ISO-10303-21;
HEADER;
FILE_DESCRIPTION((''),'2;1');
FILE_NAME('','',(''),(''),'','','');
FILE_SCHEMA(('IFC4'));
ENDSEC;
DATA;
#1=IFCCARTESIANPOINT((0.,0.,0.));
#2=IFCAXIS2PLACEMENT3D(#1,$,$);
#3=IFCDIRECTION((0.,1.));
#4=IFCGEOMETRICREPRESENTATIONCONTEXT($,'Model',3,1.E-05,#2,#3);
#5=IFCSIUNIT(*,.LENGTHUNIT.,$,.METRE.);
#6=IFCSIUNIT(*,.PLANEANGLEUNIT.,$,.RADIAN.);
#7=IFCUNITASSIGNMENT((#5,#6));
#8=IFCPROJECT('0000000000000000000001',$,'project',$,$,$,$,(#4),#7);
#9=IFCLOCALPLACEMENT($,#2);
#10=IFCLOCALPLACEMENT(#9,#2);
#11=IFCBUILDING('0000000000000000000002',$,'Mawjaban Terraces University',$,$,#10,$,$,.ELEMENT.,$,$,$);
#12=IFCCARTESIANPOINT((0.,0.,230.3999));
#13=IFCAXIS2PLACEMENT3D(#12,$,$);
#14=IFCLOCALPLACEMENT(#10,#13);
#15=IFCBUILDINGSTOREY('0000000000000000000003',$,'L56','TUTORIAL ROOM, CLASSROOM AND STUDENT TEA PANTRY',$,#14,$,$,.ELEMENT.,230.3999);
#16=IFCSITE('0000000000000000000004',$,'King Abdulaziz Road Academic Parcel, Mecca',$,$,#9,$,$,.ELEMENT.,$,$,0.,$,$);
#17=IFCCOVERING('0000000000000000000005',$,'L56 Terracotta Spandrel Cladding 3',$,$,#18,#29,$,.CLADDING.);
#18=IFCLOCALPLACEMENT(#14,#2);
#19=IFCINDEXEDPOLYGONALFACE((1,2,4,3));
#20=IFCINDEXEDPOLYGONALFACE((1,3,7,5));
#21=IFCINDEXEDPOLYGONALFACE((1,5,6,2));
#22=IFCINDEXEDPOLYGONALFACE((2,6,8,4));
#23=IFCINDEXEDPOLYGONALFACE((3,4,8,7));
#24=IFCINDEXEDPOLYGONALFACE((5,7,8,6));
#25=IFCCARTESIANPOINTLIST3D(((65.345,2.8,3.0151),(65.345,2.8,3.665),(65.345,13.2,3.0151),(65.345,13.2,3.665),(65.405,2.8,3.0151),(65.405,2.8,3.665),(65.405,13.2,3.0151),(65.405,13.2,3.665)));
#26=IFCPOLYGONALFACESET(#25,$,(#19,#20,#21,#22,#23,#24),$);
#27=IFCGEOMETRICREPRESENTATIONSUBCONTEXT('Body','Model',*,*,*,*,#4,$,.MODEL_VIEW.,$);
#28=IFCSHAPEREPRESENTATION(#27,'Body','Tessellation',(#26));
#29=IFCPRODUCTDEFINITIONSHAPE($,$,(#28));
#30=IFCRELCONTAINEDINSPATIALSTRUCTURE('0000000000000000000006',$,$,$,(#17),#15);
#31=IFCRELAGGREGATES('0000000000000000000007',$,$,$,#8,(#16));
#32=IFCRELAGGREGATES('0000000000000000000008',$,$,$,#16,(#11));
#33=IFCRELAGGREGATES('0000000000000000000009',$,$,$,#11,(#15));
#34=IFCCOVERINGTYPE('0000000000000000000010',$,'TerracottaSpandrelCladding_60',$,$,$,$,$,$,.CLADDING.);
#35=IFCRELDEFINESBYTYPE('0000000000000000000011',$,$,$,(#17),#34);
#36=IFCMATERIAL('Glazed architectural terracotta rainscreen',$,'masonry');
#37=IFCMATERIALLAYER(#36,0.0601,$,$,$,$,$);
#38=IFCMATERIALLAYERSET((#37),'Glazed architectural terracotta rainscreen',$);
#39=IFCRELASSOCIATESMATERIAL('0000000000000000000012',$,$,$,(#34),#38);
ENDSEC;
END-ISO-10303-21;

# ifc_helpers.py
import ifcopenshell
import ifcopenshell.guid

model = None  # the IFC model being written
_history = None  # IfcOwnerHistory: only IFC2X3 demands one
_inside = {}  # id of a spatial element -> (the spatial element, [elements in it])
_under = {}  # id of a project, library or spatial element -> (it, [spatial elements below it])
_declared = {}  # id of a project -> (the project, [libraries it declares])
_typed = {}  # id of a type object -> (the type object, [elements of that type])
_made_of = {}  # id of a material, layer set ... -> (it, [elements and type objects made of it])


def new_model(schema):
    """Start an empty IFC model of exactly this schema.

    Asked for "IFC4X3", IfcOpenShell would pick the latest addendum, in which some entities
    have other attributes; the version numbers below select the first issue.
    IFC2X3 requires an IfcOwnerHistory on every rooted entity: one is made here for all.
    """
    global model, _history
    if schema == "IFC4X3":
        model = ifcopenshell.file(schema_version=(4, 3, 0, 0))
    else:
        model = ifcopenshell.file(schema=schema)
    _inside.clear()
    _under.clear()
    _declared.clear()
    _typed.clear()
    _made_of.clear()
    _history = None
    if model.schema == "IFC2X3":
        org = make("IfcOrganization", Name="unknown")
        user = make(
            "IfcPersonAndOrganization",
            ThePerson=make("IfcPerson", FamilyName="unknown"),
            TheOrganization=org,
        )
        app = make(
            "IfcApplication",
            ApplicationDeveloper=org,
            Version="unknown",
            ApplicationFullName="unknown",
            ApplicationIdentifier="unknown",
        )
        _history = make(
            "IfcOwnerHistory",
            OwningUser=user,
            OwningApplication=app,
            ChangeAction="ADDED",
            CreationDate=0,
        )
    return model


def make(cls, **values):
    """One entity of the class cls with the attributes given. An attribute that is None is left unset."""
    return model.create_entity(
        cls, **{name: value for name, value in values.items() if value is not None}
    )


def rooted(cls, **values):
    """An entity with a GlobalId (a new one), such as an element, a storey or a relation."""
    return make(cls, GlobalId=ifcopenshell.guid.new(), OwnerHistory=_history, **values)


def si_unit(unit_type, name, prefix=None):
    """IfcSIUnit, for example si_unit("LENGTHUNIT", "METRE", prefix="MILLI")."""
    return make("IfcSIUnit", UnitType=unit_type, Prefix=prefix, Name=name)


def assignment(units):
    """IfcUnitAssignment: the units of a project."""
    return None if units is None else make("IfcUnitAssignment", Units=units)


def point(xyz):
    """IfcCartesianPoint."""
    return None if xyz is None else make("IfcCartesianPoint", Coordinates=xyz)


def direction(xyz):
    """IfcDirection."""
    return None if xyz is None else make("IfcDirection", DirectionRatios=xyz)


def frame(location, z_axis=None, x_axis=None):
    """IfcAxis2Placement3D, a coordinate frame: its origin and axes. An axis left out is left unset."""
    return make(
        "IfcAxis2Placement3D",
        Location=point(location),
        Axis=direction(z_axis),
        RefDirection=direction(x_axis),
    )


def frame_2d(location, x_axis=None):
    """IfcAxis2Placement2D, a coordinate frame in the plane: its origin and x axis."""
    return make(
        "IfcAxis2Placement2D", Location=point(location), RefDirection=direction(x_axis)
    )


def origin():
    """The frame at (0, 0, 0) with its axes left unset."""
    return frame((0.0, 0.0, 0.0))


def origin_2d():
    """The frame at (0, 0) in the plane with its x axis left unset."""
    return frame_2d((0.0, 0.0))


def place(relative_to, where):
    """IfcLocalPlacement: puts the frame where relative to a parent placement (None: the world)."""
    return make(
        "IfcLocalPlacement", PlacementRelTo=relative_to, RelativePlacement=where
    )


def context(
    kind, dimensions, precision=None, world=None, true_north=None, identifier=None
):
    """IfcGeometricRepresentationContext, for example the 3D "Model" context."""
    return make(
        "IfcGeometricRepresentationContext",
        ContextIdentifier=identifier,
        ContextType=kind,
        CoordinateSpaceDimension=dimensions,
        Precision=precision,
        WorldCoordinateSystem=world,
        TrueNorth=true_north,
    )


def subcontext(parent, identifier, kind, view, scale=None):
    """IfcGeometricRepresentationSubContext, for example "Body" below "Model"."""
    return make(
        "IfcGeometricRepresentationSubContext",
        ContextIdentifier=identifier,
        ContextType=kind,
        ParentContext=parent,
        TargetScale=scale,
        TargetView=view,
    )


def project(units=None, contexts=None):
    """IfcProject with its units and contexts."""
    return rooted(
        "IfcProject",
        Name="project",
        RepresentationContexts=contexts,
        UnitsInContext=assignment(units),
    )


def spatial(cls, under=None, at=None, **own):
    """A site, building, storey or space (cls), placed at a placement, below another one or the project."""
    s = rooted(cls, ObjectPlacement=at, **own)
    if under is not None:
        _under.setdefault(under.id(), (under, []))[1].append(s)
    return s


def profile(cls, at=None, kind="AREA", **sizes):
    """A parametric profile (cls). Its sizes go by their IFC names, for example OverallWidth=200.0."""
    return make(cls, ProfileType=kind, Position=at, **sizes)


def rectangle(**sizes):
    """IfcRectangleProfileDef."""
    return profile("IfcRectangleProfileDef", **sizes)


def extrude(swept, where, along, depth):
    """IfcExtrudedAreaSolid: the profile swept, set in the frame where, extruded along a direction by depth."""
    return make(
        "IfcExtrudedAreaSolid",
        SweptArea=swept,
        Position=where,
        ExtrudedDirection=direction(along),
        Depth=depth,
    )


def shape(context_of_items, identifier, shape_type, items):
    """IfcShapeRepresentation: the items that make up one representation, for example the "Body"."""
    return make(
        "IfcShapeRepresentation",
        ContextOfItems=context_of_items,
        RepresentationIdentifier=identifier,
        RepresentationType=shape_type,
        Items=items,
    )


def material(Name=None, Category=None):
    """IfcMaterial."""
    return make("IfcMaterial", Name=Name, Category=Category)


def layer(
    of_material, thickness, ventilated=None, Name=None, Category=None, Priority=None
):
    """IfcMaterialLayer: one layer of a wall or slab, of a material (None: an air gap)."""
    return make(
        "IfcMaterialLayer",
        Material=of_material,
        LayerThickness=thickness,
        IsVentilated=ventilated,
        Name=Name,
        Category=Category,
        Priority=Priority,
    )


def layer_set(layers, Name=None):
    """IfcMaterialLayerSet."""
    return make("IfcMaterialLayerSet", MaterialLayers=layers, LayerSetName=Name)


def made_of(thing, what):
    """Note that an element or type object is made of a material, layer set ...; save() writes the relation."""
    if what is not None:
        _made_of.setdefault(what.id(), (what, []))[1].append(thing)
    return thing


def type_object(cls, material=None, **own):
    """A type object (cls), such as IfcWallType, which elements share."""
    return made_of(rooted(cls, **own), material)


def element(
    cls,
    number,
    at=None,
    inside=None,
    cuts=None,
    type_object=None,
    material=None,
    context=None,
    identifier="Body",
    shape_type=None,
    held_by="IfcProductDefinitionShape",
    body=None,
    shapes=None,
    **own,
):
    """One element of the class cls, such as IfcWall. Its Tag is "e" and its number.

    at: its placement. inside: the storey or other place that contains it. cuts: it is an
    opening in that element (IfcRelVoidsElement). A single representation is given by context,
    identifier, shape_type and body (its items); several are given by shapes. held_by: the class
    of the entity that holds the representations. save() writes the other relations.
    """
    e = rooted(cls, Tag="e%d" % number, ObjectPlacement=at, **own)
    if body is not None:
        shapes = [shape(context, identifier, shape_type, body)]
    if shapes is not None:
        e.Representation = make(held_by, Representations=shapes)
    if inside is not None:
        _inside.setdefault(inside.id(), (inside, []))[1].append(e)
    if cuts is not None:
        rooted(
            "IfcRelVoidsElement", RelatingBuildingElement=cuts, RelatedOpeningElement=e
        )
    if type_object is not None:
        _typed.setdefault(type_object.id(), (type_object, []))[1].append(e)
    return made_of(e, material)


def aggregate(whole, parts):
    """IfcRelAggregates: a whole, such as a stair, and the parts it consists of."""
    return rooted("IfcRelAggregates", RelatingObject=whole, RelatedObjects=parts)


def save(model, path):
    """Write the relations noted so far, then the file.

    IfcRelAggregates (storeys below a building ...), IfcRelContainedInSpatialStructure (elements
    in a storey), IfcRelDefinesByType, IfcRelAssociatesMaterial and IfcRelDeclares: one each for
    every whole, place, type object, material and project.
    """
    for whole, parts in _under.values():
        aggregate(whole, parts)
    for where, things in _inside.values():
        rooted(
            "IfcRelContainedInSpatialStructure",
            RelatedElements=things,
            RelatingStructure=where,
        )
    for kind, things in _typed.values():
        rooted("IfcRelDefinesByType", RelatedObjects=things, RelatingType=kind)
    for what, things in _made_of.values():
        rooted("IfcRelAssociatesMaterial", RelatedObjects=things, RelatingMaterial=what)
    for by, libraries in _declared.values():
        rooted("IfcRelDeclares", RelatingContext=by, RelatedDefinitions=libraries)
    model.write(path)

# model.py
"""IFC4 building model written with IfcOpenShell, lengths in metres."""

from ifc_helpers import new_model, si_unit, direction, frame, origin, origin_2d, place, context, subcontext, project, spatial, rectangle, extrude, material, layer, layer_set, type_object, element, save


model = new_model("IFC4")

# Units and contexts
model_context = context("Model", 3, precision=1e-05, world=origin(), true_north=direction((0.0, 1.0)))
body_context = subcontext(model_context, "Body", "Model", "MODEL_VIEW")
ifc_project = project(units=[si_unit("LENGTHUNIT", "METRE"), si_unit("PLANEANGLEUNIT", "RADIAN")], contexts=[model_context])

# Site, building, storey
site_placement = place(None, origin())
site = spatial("IfcSite", under=ifc_project, at=site_placement, Name="King Abdulaziz Road Academic Parcel, Mecca", CompositionType="ELEMENT", RefElevation=0.0)
building_placement = place(site_placement, origin())
building = spatial("IfcBuilding", under=site, at=building_placement, Name="Mawjaban Terraces University", CompositionType="ELEMENT")
storey_placement = place(building_placement, frame((0.0, 0.0, 230.3999)))
storey = spatial("IfcBuildingStorey", under=building, at=storey_placement, Name="L56", Description="TUTORIAL ROOM, CLASSROOM AND STUDENT TEA PANTRY", CompositionType="ELEMENT", Elevation=230.3999)

# Covering
ifc_material_1 = material(Name="Glazed architectural terracotta rainscreen", Category="masonry")
ifc_layer_1 = layer(ifc_material_1, 0.0601)
ifc_layer_set_1 = layer_set([ifc_layer_1], Name="Glazed architectural terracotta rainscreen")
covering_type = type_object("IfcCoveringType", Name="TerracottaSpandrelCladding_60", PredefinedType="CLADDING", material=ifc_layer_set_1)
covering_placement = place(storey_placement, frame((65.375, 8.0, 3.0151), z_axis=(0.0, 0.0, 1.0), x_axis=(0.0, 1.0, 0.0)))
element("IfcCovering", 1, at=covering_placement, inside=storey, type_object=covering_type, Name="L56 Terracotta Spandrel Cladding 3", PredefinedType="CLADDING", context=body_context, shape_type="SweptSolid", body=[
    extrude(rectangle(XDim=10.3999, YDim=0.0601, at=origin_2d()), origin(), (0.0, 0.0, 1.0), 0.6499),
])

save(model, "model.ifc")
